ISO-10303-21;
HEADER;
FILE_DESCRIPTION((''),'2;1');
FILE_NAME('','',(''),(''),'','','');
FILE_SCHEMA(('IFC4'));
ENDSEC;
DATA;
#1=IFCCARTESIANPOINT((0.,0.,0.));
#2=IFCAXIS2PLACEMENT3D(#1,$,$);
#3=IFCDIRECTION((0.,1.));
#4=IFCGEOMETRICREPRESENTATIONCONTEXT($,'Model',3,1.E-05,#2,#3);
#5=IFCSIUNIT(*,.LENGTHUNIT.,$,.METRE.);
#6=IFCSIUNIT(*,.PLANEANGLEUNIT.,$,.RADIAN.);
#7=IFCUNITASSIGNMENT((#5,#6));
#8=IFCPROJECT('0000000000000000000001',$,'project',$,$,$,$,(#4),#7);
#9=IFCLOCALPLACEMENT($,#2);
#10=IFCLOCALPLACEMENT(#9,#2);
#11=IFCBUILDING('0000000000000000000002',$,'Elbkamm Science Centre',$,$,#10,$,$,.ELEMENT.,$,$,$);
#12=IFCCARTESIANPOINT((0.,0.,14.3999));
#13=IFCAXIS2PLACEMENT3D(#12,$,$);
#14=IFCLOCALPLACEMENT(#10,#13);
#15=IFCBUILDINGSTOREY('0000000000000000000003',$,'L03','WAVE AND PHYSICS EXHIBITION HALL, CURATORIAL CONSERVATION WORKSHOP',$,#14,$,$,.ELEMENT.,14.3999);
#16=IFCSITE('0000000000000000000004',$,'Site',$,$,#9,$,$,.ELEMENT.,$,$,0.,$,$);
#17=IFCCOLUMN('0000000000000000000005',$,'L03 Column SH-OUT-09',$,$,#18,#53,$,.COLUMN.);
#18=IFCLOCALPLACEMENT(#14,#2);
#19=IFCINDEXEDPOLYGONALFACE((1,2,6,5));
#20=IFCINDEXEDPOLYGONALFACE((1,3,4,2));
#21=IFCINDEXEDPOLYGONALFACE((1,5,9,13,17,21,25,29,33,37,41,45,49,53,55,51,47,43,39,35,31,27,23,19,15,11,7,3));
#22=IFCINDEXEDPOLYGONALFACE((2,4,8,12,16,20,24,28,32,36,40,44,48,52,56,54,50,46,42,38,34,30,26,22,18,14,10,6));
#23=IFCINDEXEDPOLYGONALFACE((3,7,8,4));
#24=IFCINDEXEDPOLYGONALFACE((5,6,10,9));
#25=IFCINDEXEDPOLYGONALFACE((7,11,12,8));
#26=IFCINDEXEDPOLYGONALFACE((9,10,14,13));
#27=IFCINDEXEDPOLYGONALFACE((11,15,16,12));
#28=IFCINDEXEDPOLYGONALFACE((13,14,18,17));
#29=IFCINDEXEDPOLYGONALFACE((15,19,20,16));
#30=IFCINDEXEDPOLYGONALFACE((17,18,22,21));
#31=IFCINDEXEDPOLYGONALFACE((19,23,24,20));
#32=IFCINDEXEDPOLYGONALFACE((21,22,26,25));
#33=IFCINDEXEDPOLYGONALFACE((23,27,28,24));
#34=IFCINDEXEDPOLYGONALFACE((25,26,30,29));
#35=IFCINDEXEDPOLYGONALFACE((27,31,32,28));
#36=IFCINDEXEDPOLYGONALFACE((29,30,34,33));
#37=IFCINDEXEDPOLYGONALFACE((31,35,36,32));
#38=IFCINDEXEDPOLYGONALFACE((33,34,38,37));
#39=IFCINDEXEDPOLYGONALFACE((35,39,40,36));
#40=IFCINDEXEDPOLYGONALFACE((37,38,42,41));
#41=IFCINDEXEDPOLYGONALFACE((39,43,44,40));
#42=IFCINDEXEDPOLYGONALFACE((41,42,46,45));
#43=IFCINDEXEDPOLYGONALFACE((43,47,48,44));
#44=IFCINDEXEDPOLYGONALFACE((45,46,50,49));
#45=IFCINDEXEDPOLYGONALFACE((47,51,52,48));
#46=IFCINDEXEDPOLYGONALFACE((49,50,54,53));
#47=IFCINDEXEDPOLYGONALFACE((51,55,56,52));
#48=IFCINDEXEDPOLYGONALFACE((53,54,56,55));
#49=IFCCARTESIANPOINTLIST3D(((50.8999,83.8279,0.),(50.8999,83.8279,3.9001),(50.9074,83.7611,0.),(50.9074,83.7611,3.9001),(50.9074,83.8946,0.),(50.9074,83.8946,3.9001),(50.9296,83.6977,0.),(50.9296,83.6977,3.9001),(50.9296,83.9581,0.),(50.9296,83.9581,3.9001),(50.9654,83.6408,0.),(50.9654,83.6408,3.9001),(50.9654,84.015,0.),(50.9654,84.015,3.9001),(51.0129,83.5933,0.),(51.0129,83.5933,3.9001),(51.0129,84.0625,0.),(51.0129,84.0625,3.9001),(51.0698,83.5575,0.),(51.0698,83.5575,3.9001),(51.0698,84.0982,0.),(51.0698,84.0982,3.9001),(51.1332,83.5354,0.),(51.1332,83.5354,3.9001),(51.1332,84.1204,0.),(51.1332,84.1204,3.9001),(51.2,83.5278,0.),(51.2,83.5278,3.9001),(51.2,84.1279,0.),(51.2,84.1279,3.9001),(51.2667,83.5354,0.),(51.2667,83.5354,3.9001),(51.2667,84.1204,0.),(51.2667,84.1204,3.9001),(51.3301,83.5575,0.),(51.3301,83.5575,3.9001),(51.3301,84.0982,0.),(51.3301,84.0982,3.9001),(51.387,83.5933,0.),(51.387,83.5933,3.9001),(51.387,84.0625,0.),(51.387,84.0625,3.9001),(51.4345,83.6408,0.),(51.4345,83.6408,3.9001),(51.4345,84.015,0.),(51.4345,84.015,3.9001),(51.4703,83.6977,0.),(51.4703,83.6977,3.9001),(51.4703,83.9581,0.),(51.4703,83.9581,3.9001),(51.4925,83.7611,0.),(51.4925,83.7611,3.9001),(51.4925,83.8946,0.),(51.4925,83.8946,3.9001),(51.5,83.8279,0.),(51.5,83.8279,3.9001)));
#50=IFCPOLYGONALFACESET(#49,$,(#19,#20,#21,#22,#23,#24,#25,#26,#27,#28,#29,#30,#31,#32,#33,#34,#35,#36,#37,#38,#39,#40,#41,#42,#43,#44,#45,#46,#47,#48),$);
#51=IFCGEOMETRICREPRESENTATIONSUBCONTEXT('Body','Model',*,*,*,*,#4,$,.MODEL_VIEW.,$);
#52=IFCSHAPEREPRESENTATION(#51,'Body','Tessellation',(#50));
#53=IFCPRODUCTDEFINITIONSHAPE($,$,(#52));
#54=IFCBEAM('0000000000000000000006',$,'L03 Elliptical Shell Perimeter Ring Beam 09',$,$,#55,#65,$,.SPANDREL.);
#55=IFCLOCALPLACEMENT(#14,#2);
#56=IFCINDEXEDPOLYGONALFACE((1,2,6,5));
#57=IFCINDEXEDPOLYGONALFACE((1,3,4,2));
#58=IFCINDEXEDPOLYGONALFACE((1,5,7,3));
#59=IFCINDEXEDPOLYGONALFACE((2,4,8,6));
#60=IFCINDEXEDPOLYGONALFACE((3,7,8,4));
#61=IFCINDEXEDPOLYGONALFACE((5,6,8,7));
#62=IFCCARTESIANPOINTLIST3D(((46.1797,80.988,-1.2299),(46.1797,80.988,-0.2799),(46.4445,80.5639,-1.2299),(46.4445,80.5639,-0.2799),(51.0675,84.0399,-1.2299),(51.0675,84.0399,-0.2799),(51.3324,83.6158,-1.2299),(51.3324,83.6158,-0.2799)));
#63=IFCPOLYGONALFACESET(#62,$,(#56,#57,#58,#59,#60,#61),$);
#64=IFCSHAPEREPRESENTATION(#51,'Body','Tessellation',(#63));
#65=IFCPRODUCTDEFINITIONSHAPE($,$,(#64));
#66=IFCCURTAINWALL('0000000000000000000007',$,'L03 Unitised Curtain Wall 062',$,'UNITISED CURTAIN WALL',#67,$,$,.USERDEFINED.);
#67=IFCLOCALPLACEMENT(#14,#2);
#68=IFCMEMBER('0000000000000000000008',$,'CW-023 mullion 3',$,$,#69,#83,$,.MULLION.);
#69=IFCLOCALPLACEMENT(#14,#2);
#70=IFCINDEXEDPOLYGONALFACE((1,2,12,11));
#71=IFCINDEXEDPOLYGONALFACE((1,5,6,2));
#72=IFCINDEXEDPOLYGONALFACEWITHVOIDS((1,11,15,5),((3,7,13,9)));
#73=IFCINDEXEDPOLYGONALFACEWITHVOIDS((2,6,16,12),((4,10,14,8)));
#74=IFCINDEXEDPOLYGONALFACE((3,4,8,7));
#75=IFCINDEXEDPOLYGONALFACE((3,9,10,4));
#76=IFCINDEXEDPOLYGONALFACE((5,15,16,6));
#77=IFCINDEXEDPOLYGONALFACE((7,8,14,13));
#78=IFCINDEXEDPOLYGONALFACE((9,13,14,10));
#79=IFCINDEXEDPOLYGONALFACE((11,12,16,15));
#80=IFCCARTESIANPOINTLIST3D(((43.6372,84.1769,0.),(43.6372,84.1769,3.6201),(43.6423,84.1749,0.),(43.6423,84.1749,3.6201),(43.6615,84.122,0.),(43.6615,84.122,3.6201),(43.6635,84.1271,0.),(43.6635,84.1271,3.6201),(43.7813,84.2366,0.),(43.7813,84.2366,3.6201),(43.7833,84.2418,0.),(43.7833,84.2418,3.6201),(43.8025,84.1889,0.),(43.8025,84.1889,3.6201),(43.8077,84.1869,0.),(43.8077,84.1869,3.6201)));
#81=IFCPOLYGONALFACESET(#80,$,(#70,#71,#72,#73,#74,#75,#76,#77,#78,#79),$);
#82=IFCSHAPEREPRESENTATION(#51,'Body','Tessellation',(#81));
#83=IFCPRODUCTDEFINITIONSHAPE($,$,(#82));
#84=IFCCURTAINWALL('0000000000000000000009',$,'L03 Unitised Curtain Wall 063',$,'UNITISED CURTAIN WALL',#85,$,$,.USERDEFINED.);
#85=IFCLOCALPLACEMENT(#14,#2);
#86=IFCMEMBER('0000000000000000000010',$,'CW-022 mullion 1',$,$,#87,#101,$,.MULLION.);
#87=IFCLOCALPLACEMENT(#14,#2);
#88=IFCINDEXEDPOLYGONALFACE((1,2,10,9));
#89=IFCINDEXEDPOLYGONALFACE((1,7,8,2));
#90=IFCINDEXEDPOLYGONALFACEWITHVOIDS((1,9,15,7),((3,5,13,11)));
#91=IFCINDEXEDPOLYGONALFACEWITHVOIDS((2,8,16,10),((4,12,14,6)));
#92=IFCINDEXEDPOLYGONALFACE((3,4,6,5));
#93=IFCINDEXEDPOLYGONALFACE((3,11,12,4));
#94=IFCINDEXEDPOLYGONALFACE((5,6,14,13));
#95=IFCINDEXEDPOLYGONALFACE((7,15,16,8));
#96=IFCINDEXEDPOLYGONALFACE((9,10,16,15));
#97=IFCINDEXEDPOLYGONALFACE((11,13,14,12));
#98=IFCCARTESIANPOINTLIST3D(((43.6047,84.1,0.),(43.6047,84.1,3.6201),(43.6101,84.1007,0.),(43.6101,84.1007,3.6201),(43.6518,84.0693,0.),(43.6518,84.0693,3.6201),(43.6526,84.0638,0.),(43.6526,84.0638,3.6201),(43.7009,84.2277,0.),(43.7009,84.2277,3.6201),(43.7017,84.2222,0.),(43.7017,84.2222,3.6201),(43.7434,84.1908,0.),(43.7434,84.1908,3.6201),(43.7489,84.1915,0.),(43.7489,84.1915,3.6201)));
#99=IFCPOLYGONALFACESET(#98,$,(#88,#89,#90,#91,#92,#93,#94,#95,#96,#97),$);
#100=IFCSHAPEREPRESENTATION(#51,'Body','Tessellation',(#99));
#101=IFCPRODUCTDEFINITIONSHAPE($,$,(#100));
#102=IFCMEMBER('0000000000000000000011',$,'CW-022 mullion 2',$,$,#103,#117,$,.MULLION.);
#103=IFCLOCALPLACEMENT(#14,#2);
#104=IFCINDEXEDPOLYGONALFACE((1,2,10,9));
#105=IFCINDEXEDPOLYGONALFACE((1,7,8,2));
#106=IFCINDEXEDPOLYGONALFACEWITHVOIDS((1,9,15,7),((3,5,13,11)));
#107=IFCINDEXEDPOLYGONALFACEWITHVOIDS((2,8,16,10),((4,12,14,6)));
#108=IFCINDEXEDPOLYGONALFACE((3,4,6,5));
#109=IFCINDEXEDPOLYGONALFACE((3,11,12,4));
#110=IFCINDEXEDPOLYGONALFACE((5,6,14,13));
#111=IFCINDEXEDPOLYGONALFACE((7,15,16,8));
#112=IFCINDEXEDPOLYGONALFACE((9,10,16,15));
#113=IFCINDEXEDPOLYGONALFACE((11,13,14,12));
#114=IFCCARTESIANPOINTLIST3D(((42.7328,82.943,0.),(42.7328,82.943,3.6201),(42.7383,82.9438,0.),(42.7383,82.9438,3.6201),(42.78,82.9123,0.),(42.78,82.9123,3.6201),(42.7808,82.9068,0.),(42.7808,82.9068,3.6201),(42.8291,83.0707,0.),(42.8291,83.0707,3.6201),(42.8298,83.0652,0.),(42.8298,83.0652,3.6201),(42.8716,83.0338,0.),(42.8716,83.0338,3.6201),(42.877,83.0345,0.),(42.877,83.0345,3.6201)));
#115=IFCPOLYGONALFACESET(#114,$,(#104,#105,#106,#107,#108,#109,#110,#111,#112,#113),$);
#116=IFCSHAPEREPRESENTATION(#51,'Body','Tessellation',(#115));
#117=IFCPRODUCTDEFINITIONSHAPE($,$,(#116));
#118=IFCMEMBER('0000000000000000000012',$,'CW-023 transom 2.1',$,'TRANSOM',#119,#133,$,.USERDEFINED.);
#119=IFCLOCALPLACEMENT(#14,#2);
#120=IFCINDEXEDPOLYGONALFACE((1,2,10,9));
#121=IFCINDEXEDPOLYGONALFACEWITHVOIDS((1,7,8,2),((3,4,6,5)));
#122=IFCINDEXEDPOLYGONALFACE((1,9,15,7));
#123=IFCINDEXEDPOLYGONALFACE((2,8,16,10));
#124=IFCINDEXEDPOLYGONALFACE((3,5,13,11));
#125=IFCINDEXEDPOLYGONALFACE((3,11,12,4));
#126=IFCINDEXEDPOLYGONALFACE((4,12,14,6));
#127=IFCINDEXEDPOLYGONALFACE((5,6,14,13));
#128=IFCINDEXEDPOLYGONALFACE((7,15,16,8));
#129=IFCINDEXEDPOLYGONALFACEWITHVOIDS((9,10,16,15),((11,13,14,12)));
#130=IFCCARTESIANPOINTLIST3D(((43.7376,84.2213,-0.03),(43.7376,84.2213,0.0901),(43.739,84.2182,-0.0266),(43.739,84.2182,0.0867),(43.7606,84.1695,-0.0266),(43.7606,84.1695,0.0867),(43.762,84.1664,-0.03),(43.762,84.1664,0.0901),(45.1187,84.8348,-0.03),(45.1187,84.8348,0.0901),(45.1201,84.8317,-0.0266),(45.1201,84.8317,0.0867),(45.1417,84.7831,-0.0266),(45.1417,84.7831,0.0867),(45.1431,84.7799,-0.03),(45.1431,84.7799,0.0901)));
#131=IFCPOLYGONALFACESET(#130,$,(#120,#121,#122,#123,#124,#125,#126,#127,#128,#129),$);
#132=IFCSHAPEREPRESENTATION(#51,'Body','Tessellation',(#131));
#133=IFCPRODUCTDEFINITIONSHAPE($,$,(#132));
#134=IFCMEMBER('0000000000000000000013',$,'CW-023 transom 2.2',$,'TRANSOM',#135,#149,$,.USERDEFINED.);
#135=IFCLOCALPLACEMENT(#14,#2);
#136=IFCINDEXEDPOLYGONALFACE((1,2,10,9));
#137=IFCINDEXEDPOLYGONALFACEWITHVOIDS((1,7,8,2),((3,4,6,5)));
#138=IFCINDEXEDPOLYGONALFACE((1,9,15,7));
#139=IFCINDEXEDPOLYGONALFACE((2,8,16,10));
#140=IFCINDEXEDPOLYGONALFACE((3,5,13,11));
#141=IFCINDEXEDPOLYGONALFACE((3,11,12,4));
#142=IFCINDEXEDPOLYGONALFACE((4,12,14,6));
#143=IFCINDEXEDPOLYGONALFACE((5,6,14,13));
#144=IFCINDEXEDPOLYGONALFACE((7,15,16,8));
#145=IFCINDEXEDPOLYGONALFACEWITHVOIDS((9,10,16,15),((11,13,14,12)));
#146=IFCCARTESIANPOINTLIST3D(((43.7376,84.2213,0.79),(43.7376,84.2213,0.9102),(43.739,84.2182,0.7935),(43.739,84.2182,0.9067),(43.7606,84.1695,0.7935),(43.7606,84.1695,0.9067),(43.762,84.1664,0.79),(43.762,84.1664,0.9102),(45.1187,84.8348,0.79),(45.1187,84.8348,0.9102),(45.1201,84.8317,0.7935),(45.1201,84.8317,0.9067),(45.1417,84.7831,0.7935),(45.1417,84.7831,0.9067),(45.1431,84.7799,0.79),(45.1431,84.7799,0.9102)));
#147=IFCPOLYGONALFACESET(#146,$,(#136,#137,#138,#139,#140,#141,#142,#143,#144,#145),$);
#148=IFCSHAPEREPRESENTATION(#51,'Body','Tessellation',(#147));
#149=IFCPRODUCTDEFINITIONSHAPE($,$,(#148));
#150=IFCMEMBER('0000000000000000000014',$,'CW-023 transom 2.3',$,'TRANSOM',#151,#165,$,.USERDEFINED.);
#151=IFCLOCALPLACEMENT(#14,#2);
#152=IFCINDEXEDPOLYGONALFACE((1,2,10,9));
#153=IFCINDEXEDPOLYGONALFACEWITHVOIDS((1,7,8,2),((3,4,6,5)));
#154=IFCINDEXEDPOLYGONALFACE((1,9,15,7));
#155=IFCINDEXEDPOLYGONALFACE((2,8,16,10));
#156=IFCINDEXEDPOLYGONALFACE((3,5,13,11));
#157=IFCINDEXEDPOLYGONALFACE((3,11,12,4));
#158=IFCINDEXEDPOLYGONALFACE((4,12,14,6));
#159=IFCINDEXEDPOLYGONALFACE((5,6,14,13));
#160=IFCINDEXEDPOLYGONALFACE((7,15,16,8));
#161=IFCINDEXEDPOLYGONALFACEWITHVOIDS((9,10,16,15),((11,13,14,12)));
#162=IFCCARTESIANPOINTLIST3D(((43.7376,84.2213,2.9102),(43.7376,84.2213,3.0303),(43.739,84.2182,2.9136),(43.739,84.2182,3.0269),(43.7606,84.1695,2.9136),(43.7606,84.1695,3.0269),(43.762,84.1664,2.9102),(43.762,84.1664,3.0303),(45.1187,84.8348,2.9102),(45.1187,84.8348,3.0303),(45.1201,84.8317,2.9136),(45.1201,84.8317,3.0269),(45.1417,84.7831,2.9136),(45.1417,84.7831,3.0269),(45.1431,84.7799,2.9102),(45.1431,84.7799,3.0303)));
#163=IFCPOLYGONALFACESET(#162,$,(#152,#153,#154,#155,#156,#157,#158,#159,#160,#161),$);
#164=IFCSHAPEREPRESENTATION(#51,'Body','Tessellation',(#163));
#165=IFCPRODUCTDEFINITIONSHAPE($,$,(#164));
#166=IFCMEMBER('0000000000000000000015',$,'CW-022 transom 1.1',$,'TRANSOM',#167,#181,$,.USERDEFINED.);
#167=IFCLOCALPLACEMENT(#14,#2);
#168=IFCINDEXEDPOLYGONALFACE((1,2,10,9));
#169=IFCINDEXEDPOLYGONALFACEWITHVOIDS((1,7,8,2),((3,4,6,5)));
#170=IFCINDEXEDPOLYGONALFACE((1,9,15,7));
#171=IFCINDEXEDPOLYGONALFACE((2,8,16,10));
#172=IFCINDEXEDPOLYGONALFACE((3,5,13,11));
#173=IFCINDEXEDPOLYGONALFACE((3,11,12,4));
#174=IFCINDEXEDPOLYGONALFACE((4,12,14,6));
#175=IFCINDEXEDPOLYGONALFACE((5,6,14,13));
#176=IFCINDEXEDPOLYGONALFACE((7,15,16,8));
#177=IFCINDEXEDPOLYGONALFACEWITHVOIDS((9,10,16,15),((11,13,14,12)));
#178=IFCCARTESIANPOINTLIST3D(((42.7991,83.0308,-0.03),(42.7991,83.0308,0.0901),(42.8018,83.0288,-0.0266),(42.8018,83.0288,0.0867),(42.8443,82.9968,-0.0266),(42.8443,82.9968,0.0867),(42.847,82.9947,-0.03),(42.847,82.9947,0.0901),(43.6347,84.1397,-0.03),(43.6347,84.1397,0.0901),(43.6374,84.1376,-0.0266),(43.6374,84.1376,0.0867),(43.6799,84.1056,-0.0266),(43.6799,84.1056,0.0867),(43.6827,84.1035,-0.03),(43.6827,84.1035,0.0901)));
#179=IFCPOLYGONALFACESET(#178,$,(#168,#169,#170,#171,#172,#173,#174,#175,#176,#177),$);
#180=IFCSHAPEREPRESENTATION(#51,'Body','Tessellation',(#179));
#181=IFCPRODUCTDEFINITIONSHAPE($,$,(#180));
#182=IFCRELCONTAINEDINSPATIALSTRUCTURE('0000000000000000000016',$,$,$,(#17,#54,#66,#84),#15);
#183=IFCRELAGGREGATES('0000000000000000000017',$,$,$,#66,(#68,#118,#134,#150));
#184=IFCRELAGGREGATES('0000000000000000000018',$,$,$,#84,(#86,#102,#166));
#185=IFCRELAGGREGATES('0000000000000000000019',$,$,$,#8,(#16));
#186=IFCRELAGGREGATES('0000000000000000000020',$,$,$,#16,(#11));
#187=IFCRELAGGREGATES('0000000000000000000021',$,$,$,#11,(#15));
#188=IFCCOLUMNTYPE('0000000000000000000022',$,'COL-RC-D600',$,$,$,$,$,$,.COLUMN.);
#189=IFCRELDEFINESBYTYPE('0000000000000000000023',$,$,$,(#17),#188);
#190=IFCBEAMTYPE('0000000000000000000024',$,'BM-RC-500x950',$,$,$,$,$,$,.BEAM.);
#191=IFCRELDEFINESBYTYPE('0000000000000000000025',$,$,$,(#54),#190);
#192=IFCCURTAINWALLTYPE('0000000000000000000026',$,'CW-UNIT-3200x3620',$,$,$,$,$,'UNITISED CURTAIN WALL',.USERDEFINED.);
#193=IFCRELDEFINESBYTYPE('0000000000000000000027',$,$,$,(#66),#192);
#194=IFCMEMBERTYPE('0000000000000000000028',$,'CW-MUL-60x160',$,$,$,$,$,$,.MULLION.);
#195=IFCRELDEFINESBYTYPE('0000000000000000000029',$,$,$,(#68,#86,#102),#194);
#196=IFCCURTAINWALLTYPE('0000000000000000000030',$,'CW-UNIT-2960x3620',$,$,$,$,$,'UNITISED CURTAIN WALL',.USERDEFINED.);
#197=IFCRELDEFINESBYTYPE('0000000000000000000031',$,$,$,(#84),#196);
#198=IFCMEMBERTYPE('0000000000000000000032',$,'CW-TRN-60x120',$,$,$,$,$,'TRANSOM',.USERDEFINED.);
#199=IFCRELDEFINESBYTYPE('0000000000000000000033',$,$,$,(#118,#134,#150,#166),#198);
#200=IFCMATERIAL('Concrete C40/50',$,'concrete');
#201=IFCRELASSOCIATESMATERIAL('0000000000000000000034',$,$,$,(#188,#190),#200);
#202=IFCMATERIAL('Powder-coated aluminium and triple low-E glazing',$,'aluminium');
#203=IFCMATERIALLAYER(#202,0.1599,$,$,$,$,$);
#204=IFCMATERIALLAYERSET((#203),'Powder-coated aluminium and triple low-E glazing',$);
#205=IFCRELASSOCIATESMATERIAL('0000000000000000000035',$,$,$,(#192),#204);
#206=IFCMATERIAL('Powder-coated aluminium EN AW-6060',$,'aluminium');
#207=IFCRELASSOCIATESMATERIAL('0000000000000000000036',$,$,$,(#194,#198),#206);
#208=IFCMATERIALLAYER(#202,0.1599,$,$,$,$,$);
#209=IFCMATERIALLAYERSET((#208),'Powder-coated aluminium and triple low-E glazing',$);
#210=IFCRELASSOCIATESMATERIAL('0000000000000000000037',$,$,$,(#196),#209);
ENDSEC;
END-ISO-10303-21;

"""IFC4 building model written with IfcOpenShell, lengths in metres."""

from ifc_helpers import new_model, si_unit, direction, frame, origin, origin_2d, place, context, subcontext, project, spatial, rectangle, hollow_rectangle, circle, extrude, material, layer, layer_set, material_profile, profile_set, type_object, element, aggregate, save


model = new_model("IFC4")

# Units and contexts
model_context = context("Model", 3, precision=1e-05, world=origin(), true_north=direction((0.0, 1.0)))
body_context = subcontext(model_context, "Body", "Model", "MODEL_VIEW")
ifc_project = project(units=[si_unit("LENGTHUNIT", "METRE"), si_unit("PLANEANGLEUNIT", "RADIAN")], contexts=[model_context])

# Site, building, storey
site_placement = place(None, origin())
site = spatial("IfcSite", under=ifc_project, at=site_placement, Name="Site", CompositionType="ELEMENT", RefElevation=0.0)
building_placement = place(site_placement, origin())
building = spatial("IfcBuilding", under=site, at=building_placement, Name="Elbkamm Science Centre", CompositionType="ELEMENT")
storey_placement = place(building_placement, frame((0.0, 0.0, 14.3999)))
storey = spatial("IfcBuildingStorey", under=building, at=storey_placement, Name="L03", Description="WAVE AND PHYSICS EXHIBITION HALL, CURATORIAL CONSERVATION WORKSHOP", CompositionType="ELEMENT", Elevation=14.3999)

# Column
ifc_material_1 = material(Name="Concrete C40/50", Category="concrete")
ifc_material_profile_1 = material_profile(ifc_material_1, circle(Radius=0.3, at=origin_2d()), Name="RC D600")
ifc_profile_set_1 = profile_set([ifc_material_profile_1], Name="Concrete C40/50")
column_type = type_object("IfcColumnType", Name="COL-RC-D600", PredefinedType="COLUMN", material=ifc_profile_set_1)
column_placement = place(storey_placement, frame((51.2, 83.8279, 0.0), z_axis=(0.0, 0.0, 1.0), x_axis=(1.0, 0.0, 0.0)))
element("IfcColumn", 1, at=column_placement, inside=storey, type_object=column_type, Name="L03 Column SH-OUT-09", PredefinedType="COLUMN", context=body_context, shape_type="SweptSolid", body=[
    extrude(circle(Radius=0.3, at=origin_2d()), origin(), (0.0, 0.0, 1.0), 3.9001),
])

# Beam
ifc_material_profile_2 = material_profile(ifc_material_1, rectangle(XDim=0.5, YDim=0.95, at=origin_2d()), Name="RC 500x950")
ifc_profile_set_2 = profile_set([ifc_material_profile_2], Name="Concrete C40/50")
beam_type = type_object("IfcBeamType", Name="BM-RC-500x950", PredefinedType="BEAM", material=ifc_profile_set_2)
beam_placement = place(storey_placement, frame((51.2, 83.8279, -0.7549), z_axis=(-0.848229, -0.529629, 0.0), x_axis=(0.529629, -0.848229, 0.0)))
element("IfcBeam", 2, at=beam_placement, inside=storey, type_object=beam_type, Name="L03 Elliptical Shell Perimeter Ring Beam 09", PredefinedType="SPANDREL", context=body_context, shape_type="SweptSolid", body=[
    extrude(rectangle(XDim=0.5, YDim=0.95, at=origin_2d()), origin(), (0.0, 0.0, 1.0), 5.7625),
])

# Curtain wall, member
ifc_material_2 = material(Name="Powder-coated aluminium and triple low-E glazing", Category="aluminium")
ifc_layer_1 = layer(ifc_material_2, 0.1599)
ifc_layer_set_1 = layer_set([ifc_layer_1], Name="Powder-coated aluminium and triple low-E glazing")
curtain_wall_type_1 = type_object("IfcCurtainWallType", Name="CW-UNIT-3200x3620", ElementType="UNITISED CURTAIN WALL", PredefinedType="USERDEFINED", material=ifc_layer_set_1)
curtain_wall_1_placement = place(storey_placement, origin())
curtain_wall_1 = element("IfcCurtainWall", 3, at=curtain_wall_1_placement, inside=storey, type_object=curtain_wall_type_1, Name="L03 Unitised Curtain Wall 062", ObjectType="UNITISED CURTAIN WALL", PredefinedType="USERDEFINED")
ifc_material_3 = material(Name="Powder-coated aluminium EN AW-6060", Category="aluminium")
ifc_material_profile_3 = material_profile(ifc_material_3, hollow_rectangle(XDim=0.0601, YDim=0.1599, WallThickness=0.0039, at=origin_2d()), Name="ALU M60x160")
ifc_profile_set_3 = profile_set([ifc_material_profile_3], Name="Powder-coated aluminium EN AW-6060")
member_type_1 = type_object("IfcMemberType", Name="CW-MUL-60x160", PredefinedType="MULLION", material=ifc_profile_set_3)
member_1_placement = place(storey_placement, frame((43.7224, 84.1819, 0.0), z_axis=(0.0, 0.0, 1.0), x_axis=(0.405944, -0.913898, 0.0)))
member_1 = element("IfcMember", 4, at=member_1_placement, type_object=member_type_1, Name="CW-023 mullion 3", PredefinedType="MULLION", context=body_context, shape_type="SweptSolid", body=[
    extrude(hollow_rectangle(XDim=0.0601, YDim=0.1599, WallThickness=0.0039, at=origin_2d()), origin(), (0.0, 0.0, 1.0), 3.6201),
])

# Curtain wall, members
ifc_layer_2 = layer(ifc_material_2, 0.1599)
ifc_layer_set_2 = layer_set([ifc_layer_2], Name="Powder-coated aluminium and triple low-E glazing")
curtain_wall_type_2 = type_object("IfcCurtainWallType", Name="CW-UNIT-2960x3620", ElementType="UNITISED CURTAIN WALL", PredefinedType="USERDEFINED", material=ifc_layer_set_2)
curtain_wall_2_placement = place(storey_placement, origin())
curtain_wall_2 = element("IfcCurtainWall", 5, at=curtain_wall_2_placement, inside=storey, type_object=curtain_wall_type_2, Name="L03 Unitised Curtain Wall 063", ObjectType="UNITISED CURTAIN WALL", PredefinedType="USERDEFINED")
member_2_placement = place(storey_placement, frame((43.6768, 84.1458, 0.0), z_axis=(0.0, 0.0, 1.0), x_axis=(0.798586, -0.601881, 0.0)))
member_2 = element("IfcMember", 6, at=member_2_placement, type_object=member_type_1, Name="CW-022 mullion 1", PredefinedType="MULLION", context=body_context, shape_type="SweptSolid", body=[
    extrude(hollow_rectangle(XDim=0.0601, YDim=0.1599, WallThickness=0.0039, at=origin_2d()), origin(), (0.0, 0.0, 1.0), 3.6201),
])
member_3_placement = place(storey_placement, frame((42.8049, 82.9888, 0.0), z_axis=(0.0, 0.0, 1.0), x_axis=(0.798586, -0.601881, 0.0)))
member_3 = element("IfcMember", 7, at=member_3_placement, type_object=member_type_1, Name="CW-022 mullion 2", PredefinedType="MULLION", context=body_context, shape_type="SweptSolid", body=[
    extrude(hollow_rectangle(XDim=0.0601, YDim=0.1599, WallThickness=0.0039, at=origin_2d()), origin(), (0.0, 0.0, 1.0), 3.6201),
])

# Members
ifc_material_profile_4 = material_profile(ifc_material_3, hollow_rectangle(XDim=0.0601, YDim=0.1201, WallThickness=0.0034, at=origin_2d()), Name="ALU T60x120")
ifc_profile_set_4 = profile_set([ifc_material_profile_4], Name="Powder-coated aluminium EN AW-6060")
member_type_2 = type_object("IfcMemberType", Name="CW-TRN-60x120", ElementType="TRANSOM", PredefinedType="USERDEFINED", material=ifc_profile_set_4)
member_4_placement = place(storey_placement, frame((45.1309, 84.8074, 0.03), z_axis=(-0.913885, -0.405974, 0.0), x_axis=(0.405974, -0.913885, 0.0)))
member_4 = element("IfcMember", 8, at=member_4_placement, type_object=member_type_2, Name="CW-023 transom 2.1", ObjectType="TRANSOM", PredefinedType="USERDEFINED", context=body_context, shape_type="SweptSolid", body=[
    extrude(hollow_rectangle(XDim=0.0601, YDim=0.1201, WallThickness=0.0034, at=origin_2d()), origin(), (0.0, 0.0, 1.0), 1.5112),
])
member_5_placement = place(storey_placement, frame((45.1309, 84.8074, 0.8501), z_axis=(-0.913885, -0.405974, 0.0), x_axis=(0.405974, -0.913885, 0.0)))
member_5 = element("IfcMember", 9, at=member_5_placement, type_object=member_type_2, Name="CW-023 transom 2.2", ObjectType="TRANSOM", PredefinedType="USERDEFINED", context=body_context, shape_type="SweptSolid", body=[
    extrude(hollow_rectangle(XDim=0.0601, YDim=0.1201, WallThickness=0.0034, at=origin_2d()), origin(), (0.0, 0.0, 1.0), 1.5112),
])
member_6_placement = place(storey_placement, frame((45.1309, 84.8074, 2.9702), z_axis=(-0.913885, -0.405974, 0.0), x_axis=(0.405974, -0.913885, 0.0)))
member_6 = element("IfcMember", 10, at=member_6_placement, type_object=member_type_2, Name="CW-023 transom 2.3", ObjectType="TRANSOM", PredefinedType="USERDEFINED", context=body_context, shape_type="SweptSolid", body=[
    extrude(hollow_rectangle(XDim=0.0601, YDim=0.1201, WallThickness=0.0034, at=origin_2d()), origin(), (0.0, 0.0, 1.0), 1.5112),
])
member_7_placement = place(storey_placement, frame((43.6587, 84.1216, 0.03), z_axis=(-0.601855, -0.798605, 0.0), x_axis=(0.798605, -0.601855, 0.0)))
member_7 = element("IfcMember", 11, at=member_7_placement, type_object=member_type_2, Name="CW-022 transom 1.1", ObjectType="TRANSOM", PredefinedType="USERDEFINED", context=body_context, shape_type="SweptSolid", body=[
    extrude(hollow_rectangle(XDim=0.0601, YDim=0.1201, WallThickness=0.0034, at=origin_2d()), origin(), (0.0, 0.0, 1.0), 1.3884),
])

aggregate(curtain_wall_1, [member_1, member_4, member_5, member_6])
aggregate(curtain_wall_2, [member_2, member_3, member_7])

save(model, "model.ifc")
